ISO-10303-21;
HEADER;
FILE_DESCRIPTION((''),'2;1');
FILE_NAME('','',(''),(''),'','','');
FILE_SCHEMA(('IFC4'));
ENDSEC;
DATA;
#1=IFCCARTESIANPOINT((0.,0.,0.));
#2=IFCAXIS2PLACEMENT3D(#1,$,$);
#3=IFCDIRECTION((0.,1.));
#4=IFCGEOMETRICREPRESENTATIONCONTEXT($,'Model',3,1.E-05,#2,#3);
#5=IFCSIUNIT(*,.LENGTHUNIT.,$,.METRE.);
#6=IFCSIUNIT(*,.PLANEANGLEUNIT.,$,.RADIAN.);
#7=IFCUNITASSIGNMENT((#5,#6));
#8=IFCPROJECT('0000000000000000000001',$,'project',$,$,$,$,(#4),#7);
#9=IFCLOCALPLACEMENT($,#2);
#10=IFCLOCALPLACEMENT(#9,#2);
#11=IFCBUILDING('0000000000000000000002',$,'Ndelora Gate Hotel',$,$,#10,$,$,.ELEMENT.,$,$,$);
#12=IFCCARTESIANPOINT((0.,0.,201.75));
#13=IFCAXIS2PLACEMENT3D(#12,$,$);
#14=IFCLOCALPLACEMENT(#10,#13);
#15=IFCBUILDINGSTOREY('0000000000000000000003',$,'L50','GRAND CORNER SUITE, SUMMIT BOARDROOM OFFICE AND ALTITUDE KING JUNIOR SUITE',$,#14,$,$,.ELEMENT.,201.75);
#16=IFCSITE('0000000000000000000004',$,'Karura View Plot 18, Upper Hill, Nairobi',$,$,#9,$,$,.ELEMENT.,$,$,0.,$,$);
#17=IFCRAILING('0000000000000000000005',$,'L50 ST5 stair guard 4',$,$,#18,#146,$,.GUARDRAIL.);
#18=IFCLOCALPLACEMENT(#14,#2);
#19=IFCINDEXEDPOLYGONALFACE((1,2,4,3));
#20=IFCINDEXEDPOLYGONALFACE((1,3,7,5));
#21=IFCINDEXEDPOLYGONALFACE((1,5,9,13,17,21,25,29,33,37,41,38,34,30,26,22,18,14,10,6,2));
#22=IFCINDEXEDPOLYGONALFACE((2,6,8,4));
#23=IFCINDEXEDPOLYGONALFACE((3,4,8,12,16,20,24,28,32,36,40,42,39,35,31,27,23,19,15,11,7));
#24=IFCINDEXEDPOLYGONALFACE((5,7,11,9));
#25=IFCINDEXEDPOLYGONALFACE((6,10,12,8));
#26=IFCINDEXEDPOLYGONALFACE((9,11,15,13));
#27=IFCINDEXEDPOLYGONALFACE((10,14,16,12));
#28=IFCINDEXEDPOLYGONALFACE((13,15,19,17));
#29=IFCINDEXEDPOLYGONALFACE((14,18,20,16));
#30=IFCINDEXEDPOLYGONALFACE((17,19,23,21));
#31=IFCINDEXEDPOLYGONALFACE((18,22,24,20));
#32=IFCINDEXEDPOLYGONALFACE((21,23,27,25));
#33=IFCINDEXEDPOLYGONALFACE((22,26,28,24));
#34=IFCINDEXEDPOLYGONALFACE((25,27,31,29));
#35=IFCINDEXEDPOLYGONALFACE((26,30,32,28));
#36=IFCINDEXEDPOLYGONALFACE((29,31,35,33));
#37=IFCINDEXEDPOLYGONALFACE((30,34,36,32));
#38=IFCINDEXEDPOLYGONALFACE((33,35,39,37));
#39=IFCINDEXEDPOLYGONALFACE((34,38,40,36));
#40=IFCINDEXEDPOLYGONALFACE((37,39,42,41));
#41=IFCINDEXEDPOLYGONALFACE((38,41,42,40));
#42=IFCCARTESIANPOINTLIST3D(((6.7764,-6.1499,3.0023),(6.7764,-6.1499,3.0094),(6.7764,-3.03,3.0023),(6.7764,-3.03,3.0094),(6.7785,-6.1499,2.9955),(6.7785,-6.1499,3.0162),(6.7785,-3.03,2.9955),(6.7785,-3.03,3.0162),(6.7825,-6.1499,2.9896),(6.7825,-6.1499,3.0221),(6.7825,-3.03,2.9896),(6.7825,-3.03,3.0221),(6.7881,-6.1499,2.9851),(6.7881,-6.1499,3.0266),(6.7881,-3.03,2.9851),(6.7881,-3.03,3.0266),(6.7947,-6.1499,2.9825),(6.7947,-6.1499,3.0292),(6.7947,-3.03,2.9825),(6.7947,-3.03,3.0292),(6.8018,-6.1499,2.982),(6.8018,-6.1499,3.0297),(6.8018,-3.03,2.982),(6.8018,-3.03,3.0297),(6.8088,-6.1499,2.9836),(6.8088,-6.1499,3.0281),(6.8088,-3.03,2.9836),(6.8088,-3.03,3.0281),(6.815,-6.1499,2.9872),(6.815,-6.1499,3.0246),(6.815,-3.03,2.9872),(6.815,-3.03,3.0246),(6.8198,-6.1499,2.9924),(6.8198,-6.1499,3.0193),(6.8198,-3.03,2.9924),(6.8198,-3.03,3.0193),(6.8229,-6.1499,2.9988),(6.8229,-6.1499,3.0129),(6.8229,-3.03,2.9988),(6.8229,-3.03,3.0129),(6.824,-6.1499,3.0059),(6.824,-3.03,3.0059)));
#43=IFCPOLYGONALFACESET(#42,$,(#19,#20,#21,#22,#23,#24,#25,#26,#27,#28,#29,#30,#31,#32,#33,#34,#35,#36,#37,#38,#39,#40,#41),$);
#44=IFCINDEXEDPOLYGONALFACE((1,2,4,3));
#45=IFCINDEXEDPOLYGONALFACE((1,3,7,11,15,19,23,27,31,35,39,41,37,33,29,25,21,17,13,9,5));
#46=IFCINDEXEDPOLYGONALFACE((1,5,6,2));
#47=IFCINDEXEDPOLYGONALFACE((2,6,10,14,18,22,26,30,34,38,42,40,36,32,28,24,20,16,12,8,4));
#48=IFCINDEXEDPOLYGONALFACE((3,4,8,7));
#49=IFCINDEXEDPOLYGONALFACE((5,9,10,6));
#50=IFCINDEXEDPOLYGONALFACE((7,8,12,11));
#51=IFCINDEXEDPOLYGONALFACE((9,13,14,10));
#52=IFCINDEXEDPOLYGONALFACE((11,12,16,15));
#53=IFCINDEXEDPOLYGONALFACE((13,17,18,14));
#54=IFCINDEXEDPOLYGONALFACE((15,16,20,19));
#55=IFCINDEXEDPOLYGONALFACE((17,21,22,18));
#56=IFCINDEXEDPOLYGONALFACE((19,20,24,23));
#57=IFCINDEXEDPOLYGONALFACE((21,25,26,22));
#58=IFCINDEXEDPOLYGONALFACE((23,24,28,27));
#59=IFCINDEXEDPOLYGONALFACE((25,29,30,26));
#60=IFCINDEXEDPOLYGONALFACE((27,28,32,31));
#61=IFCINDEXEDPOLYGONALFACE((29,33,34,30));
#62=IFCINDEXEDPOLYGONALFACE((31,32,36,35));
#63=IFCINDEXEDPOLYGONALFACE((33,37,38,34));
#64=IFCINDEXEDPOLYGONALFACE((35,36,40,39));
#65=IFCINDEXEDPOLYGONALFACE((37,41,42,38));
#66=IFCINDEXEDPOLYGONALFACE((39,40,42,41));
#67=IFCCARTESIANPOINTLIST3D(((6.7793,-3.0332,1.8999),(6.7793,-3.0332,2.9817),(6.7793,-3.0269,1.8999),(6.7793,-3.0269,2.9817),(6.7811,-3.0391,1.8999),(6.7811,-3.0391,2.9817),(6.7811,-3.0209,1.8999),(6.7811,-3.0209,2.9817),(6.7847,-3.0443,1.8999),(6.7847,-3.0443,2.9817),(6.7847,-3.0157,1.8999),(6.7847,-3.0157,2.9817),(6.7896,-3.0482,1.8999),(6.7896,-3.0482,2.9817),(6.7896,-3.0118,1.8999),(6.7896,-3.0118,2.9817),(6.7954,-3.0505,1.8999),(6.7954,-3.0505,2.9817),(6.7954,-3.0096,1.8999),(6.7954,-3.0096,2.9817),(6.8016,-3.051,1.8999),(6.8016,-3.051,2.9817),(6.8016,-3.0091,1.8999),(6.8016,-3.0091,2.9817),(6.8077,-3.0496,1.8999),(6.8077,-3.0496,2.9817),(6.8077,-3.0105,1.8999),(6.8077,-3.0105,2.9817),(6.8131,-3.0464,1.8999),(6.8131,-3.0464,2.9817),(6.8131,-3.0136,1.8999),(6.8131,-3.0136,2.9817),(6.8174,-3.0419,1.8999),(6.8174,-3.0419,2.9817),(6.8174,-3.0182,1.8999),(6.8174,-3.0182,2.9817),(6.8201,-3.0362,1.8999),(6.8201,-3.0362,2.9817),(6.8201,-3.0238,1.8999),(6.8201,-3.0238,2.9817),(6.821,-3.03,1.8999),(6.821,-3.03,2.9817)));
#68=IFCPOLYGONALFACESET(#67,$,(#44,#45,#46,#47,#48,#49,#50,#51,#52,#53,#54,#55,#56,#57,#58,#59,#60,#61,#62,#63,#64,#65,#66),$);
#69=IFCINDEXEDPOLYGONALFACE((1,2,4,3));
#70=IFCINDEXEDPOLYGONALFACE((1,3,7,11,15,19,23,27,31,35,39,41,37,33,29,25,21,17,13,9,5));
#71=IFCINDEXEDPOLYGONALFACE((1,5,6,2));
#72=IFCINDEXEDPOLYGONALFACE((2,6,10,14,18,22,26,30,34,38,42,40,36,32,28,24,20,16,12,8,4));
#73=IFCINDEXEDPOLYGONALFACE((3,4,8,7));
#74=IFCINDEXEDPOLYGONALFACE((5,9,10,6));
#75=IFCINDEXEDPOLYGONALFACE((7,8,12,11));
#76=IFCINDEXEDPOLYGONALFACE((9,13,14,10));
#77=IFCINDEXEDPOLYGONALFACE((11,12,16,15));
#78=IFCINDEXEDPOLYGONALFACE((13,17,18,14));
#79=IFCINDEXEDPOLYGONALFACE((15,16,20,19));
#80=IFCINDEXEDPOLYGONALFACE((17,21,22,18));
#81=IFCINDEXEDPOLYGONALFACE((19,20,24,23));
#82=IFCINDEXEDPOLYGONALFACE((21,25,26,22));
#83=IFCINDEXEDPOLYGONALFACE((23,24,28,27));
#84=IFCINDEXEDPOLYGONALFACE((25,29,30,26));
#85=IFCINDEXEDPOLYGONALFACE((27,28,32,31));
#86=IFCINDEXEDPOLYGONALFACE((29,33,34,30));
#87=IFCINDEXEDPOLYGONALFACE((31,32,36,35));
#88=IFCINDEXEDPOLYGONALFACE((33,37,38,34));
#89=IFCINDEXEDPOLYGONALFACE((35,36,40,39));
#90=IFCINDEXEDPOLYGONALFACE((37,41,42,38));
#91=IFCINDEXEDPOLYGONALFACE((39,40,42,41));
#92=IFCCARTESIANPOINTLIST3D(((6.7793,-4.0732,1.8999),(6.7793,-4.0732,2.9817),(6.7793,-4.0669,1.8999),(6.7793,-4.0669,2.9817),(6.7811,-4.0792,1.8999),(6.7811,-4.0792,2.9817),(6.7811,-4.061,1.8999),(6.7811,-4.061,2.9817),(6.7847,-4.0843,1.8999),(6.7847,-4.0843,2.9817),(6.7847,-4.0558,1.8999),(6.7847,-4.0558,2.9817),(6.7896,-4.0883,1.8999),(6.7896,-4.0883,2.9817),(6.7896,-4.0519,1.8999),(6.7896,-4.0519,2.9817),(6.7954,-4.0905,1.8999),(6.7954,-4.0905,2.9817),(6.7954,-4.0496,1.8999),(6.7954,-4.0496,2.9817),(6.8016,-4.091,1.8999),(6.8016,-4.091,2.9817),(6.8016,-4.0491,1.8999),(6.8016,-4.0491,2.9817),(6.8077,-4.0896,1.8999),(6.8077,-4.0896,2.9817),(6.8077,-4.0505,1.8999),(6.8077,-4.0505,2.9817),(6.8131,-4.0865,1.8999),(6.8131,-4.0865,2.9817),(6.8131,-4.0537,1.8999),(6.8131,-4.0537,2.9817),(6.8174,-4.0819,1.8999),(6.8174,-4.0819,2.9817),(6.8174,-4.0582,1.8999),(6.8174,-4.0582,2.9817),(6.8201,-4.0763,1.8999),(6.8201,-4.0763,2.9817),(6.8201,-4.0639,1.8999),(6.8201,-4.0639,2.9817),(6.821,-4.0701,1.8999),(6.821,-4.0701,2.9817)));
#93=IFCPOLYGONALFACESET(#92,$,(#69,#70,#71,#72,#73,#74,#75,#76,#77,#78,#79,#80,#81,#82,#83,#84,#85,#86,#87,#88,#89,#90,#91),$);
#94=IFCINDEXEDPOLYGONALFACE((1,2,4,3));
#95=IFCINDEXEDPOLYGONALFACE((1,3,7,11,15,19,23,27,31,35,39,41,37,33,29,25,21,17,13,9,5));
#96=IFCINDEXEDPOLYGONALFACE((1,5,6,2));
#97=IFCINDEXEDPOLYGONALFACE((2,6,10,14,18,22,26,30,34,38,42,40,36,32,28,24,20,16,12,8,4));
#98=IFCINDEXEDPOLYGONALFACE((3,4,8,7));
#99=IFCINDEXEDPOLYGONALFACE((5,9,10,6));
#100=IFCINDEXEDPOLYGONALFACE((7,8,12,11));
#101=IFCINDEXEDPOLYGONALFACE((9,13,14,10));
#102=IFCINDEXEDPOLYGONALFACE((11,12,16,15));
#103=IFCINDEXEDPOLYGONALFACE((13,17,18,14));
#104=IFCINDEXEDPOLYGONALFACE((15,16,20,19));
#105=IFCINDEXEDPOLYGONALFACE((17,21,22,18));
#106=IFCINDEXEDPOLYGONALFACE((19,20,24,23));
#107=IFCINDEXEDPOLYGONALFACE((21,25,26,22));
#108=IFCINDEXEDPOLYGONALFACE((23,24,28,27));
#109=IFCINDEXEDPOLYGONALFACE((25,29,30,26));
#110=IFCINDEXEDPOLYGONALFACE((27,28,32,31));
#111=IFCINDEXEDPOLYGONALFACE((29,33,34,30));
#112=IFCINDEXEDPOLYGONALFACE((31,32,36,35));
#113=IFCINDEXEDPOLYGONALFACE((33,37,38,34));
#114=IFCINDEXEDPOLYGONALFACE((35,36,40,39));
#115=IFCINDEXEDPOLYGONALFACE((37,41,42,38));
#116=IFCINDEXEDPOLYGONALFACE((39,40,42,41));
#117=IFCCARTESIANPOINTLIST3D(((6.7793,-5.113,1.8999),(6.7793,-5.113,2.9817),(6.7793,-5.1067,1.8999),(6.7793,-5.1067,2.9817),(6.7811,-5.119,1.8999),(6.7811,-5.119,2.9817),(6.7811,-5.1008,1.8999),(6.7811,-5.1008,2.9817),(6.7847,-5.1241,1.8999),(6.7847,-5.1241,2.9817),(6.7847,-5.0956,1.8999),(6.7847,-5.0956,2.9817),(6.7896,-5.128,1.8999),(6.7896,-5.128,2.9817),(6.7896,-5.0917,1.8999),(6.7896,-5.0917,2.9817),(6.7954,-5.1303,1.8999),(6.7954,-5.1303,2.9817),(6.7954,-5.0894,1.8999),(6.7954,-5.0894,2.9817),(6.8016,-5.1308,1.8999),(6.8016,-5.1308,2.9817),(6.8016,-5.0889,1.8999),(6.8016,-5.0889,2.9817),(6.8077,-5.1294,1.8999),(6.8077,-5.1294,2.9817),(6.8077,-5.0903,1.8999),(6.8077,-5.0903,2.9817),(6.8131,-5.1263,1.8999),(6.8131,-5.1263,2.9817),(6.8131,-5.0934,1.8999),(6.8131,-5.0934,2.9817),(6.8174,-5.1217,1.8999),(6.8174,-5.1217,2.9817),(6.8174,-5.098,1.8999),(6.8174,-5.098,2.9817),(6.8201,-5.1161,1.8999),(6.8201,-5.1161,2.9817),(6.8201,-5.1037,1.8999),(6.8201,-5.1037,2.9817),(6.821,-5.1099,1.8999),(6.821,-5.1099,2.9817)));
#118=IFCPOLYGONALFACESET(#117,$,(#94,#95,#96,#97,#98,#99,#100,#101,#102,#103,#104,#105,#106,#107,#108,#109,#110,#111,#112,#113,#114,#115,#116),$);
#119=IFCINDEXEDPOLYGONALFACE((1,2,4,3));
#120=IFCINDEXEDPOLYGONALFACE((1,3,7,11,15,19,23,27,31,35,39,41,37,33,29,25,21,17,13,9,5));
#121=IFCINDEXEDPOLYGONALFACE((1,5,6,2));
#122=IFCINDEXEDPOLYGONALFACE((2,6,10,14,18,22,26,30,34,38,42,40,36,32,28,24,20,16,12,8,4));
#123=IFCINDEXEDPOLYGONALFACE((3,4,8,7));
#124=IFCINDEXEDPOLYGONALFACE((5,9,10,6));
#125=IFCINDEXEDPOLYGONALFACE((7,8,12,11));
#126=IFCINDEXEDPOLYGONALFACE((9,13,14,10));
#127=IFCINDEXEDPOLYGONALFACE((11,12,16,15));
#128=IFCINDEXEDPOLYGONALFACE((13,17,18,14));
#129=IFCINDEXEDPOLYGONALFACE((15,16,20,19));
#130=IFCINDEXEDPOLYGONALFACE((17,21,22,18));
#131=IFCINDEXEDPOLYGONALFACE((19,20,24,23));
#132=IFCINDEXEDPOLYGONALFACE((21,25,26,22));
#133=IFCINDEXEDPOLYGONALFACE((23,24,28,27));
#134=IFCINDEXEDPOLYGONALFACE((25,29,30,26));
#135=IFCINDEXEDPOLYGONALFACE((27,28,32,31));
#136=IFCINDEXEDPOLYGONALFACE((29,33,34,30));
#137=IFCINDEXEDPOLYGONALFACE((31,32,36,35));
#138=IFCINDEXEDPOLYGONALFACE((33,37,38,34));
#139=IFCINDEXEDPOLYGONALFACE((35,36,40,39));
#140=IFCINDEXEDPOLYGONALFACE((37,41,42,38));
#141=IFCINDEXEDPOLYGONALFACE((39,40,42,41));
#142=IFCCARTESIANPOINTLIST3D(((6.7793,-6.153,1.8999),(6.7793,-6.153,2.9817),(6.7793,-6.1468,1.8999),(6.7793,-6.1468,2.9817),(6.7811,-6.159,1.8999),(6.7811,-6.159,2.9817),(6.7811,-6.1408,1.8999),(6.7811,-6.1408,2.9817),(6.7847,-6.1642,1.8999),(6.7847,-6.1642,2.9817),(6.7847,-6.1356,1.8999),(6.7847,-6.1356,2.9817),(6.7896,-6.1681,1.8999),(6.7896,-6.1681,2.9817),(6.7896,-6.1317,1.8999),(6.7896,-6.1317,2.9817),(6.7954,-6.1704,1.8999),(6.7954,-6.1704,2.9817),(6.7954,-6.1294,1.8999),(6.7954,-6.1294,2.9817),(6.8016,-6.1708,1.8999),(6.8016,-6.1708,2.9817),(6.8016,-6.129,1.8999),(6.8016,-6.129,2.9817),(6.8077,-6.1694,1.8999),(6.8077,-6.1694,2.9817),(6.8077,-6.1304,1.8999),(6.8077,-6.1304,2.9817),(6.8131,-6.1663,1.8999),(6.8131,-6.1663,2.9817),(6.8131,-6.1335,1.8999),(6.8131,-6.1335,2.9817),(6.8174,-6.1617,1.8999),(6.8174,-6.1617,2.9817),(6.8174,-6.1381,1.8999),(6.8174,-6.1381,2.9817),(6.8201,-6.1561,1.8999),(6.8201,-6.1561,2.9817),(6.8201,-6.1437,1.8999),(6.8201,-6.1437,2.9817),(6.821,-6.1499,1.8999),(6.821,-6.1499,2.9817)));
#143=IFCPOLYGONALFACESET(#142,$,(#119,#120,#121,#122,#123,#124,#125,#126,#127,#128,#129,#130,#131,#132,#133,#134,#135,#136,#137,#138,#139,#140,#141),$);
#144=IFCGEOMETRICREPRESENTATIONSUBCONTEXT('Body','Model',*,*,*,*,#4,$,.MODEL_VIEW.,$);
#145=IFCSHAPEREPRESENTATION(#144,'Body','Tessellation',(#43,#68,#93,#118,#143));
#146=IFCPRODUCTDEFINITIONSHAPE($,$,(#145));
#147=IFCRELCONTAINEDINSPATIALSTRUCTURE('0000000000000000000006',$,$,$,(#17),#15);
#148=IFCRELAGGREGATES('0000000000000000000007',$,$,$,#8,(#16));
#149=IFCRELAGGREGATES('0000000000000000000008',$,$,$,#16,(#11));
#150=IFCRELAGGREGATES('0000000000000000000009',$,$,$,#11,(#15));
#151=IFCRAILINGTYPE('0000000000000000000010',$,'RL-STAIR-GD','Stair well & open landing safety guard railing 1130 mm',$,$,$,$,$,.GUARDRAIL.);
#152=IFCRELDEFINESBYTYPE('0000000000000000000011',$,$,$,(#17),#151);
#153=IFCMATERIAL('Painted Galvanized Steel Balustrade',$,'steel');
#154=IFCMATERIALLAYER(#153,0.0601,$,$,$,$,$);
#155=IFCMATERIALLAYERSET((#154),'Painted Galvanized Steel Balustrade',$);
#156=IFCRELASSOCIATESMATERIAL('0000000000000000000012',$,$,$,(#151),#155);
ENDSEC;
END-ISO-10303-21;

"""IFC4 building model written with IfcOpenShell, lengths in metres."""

from ifc_helpers import new_model, si_unit, direction, frame, origin, origin_2d, place, context, subcontext, project, spatial, circle, extrude, material, layer, layer_set, type_object, element, save


model = new_model("IFC4")

# Units and contexts
model_context = context("Model", 3, precision=1e-05, world=origin(), true_north=direction((0.0, 1.0)))
body_context = subcontext(model_context, "Body", "Model", "MODEL_VIEW")
ifc_project = project(units=[si_unit("LENGTHUNIT", "METRE"), si_unit("PLANEANGLEUNIT", "RADIAN")], contexts=[model_context])

# Site, building, storey
site_placement = place(None, origin())
site = spatial("IfcSite", under=ifc_project, at=site_placement, Name="Karura View Plot 18, Upper Hill, Nairobi", CompositionType="ELEMENT", RefElevation=0.0)
building_placement = place(site_placement, origin())
building = spatial("IfcBuilding", under=site, at=building_placement, Name="Ndelora Gate Hotel", CompositionType="ELEMENT")
storey_placement = place(building_placement, frame((0.0, 0.0, 201.75)))
storey = spatial("IfcBuildingStorey", under=building, at=storey_placement, Name="L50", Description="GRAND CORNER SUITE, SUMMIT BOARDROOM OFFICE AND ALTITUDE KING JUNIOR SUITE", CompositionType="ELEMENT", Elevation=201.75)

# Railing
ifc_material_1 = material(Name="Painted Galvanized Steel Balustrade", Category="steel")
ifc_layer_1 = layer(ifc_material_1, 0.0601)
ifc_layer_set_1 = layer_set([ifc_layer_1], Name="Painted Galvanized Steel Balustrade")
railing_type_1 = type_object("IfcRailingType", Name="RL-STAIR-GD", Description="Stair well & open landing safety guard railing 1130 mm", PredefinedType="GUARDRAIL", material=ifc_layer_set_1)
for number, where, name in (
    (1, (6.8, -3.03, 1.8999), "L50 ST5 stair guard 4"),
):
    element("IfcRailing", number, at=place(storey_placement, frame(where)), inside=storey, type_object=railing_type_1, Name=name, PredefinedType="GUARDRAIL", context=body_context, shape_type="SweptSolid", body=[
        extrude(circle(Radius=0.0239, at=origin_2d()), frame((0.0, 0.0, 1.106), z_axis=(0.0, -1.0, 0.0), x_axis=(1.0, 0.0, 0.0)), (0.0, 0.0, 1.0), 3.1199),
        extrude(circle(Radius=0.021, at=origin_2d()), origin(), (0.0, 0.0, 1.0), 1.0818),
        extrude(circle(Radius=0.021, at=origin_2d()), frame((0.0, -1.04, 0.0)), (0.0, 0.0, 1.0), 1.0818),
        extrude(circle(Radius=0.021, at=origin_2d()), frame((0.0, -2.0798, 0.0)), (0.0, 0.0, 1.0), 1.0818),
        extrude(circle(Radius=0.021, at=origin_2d()), frame((0.0, -3.1199, 0.0)), (0.0, 0.0, 1.0), 1.0818),
    ])

save(model, "model.ifc")
